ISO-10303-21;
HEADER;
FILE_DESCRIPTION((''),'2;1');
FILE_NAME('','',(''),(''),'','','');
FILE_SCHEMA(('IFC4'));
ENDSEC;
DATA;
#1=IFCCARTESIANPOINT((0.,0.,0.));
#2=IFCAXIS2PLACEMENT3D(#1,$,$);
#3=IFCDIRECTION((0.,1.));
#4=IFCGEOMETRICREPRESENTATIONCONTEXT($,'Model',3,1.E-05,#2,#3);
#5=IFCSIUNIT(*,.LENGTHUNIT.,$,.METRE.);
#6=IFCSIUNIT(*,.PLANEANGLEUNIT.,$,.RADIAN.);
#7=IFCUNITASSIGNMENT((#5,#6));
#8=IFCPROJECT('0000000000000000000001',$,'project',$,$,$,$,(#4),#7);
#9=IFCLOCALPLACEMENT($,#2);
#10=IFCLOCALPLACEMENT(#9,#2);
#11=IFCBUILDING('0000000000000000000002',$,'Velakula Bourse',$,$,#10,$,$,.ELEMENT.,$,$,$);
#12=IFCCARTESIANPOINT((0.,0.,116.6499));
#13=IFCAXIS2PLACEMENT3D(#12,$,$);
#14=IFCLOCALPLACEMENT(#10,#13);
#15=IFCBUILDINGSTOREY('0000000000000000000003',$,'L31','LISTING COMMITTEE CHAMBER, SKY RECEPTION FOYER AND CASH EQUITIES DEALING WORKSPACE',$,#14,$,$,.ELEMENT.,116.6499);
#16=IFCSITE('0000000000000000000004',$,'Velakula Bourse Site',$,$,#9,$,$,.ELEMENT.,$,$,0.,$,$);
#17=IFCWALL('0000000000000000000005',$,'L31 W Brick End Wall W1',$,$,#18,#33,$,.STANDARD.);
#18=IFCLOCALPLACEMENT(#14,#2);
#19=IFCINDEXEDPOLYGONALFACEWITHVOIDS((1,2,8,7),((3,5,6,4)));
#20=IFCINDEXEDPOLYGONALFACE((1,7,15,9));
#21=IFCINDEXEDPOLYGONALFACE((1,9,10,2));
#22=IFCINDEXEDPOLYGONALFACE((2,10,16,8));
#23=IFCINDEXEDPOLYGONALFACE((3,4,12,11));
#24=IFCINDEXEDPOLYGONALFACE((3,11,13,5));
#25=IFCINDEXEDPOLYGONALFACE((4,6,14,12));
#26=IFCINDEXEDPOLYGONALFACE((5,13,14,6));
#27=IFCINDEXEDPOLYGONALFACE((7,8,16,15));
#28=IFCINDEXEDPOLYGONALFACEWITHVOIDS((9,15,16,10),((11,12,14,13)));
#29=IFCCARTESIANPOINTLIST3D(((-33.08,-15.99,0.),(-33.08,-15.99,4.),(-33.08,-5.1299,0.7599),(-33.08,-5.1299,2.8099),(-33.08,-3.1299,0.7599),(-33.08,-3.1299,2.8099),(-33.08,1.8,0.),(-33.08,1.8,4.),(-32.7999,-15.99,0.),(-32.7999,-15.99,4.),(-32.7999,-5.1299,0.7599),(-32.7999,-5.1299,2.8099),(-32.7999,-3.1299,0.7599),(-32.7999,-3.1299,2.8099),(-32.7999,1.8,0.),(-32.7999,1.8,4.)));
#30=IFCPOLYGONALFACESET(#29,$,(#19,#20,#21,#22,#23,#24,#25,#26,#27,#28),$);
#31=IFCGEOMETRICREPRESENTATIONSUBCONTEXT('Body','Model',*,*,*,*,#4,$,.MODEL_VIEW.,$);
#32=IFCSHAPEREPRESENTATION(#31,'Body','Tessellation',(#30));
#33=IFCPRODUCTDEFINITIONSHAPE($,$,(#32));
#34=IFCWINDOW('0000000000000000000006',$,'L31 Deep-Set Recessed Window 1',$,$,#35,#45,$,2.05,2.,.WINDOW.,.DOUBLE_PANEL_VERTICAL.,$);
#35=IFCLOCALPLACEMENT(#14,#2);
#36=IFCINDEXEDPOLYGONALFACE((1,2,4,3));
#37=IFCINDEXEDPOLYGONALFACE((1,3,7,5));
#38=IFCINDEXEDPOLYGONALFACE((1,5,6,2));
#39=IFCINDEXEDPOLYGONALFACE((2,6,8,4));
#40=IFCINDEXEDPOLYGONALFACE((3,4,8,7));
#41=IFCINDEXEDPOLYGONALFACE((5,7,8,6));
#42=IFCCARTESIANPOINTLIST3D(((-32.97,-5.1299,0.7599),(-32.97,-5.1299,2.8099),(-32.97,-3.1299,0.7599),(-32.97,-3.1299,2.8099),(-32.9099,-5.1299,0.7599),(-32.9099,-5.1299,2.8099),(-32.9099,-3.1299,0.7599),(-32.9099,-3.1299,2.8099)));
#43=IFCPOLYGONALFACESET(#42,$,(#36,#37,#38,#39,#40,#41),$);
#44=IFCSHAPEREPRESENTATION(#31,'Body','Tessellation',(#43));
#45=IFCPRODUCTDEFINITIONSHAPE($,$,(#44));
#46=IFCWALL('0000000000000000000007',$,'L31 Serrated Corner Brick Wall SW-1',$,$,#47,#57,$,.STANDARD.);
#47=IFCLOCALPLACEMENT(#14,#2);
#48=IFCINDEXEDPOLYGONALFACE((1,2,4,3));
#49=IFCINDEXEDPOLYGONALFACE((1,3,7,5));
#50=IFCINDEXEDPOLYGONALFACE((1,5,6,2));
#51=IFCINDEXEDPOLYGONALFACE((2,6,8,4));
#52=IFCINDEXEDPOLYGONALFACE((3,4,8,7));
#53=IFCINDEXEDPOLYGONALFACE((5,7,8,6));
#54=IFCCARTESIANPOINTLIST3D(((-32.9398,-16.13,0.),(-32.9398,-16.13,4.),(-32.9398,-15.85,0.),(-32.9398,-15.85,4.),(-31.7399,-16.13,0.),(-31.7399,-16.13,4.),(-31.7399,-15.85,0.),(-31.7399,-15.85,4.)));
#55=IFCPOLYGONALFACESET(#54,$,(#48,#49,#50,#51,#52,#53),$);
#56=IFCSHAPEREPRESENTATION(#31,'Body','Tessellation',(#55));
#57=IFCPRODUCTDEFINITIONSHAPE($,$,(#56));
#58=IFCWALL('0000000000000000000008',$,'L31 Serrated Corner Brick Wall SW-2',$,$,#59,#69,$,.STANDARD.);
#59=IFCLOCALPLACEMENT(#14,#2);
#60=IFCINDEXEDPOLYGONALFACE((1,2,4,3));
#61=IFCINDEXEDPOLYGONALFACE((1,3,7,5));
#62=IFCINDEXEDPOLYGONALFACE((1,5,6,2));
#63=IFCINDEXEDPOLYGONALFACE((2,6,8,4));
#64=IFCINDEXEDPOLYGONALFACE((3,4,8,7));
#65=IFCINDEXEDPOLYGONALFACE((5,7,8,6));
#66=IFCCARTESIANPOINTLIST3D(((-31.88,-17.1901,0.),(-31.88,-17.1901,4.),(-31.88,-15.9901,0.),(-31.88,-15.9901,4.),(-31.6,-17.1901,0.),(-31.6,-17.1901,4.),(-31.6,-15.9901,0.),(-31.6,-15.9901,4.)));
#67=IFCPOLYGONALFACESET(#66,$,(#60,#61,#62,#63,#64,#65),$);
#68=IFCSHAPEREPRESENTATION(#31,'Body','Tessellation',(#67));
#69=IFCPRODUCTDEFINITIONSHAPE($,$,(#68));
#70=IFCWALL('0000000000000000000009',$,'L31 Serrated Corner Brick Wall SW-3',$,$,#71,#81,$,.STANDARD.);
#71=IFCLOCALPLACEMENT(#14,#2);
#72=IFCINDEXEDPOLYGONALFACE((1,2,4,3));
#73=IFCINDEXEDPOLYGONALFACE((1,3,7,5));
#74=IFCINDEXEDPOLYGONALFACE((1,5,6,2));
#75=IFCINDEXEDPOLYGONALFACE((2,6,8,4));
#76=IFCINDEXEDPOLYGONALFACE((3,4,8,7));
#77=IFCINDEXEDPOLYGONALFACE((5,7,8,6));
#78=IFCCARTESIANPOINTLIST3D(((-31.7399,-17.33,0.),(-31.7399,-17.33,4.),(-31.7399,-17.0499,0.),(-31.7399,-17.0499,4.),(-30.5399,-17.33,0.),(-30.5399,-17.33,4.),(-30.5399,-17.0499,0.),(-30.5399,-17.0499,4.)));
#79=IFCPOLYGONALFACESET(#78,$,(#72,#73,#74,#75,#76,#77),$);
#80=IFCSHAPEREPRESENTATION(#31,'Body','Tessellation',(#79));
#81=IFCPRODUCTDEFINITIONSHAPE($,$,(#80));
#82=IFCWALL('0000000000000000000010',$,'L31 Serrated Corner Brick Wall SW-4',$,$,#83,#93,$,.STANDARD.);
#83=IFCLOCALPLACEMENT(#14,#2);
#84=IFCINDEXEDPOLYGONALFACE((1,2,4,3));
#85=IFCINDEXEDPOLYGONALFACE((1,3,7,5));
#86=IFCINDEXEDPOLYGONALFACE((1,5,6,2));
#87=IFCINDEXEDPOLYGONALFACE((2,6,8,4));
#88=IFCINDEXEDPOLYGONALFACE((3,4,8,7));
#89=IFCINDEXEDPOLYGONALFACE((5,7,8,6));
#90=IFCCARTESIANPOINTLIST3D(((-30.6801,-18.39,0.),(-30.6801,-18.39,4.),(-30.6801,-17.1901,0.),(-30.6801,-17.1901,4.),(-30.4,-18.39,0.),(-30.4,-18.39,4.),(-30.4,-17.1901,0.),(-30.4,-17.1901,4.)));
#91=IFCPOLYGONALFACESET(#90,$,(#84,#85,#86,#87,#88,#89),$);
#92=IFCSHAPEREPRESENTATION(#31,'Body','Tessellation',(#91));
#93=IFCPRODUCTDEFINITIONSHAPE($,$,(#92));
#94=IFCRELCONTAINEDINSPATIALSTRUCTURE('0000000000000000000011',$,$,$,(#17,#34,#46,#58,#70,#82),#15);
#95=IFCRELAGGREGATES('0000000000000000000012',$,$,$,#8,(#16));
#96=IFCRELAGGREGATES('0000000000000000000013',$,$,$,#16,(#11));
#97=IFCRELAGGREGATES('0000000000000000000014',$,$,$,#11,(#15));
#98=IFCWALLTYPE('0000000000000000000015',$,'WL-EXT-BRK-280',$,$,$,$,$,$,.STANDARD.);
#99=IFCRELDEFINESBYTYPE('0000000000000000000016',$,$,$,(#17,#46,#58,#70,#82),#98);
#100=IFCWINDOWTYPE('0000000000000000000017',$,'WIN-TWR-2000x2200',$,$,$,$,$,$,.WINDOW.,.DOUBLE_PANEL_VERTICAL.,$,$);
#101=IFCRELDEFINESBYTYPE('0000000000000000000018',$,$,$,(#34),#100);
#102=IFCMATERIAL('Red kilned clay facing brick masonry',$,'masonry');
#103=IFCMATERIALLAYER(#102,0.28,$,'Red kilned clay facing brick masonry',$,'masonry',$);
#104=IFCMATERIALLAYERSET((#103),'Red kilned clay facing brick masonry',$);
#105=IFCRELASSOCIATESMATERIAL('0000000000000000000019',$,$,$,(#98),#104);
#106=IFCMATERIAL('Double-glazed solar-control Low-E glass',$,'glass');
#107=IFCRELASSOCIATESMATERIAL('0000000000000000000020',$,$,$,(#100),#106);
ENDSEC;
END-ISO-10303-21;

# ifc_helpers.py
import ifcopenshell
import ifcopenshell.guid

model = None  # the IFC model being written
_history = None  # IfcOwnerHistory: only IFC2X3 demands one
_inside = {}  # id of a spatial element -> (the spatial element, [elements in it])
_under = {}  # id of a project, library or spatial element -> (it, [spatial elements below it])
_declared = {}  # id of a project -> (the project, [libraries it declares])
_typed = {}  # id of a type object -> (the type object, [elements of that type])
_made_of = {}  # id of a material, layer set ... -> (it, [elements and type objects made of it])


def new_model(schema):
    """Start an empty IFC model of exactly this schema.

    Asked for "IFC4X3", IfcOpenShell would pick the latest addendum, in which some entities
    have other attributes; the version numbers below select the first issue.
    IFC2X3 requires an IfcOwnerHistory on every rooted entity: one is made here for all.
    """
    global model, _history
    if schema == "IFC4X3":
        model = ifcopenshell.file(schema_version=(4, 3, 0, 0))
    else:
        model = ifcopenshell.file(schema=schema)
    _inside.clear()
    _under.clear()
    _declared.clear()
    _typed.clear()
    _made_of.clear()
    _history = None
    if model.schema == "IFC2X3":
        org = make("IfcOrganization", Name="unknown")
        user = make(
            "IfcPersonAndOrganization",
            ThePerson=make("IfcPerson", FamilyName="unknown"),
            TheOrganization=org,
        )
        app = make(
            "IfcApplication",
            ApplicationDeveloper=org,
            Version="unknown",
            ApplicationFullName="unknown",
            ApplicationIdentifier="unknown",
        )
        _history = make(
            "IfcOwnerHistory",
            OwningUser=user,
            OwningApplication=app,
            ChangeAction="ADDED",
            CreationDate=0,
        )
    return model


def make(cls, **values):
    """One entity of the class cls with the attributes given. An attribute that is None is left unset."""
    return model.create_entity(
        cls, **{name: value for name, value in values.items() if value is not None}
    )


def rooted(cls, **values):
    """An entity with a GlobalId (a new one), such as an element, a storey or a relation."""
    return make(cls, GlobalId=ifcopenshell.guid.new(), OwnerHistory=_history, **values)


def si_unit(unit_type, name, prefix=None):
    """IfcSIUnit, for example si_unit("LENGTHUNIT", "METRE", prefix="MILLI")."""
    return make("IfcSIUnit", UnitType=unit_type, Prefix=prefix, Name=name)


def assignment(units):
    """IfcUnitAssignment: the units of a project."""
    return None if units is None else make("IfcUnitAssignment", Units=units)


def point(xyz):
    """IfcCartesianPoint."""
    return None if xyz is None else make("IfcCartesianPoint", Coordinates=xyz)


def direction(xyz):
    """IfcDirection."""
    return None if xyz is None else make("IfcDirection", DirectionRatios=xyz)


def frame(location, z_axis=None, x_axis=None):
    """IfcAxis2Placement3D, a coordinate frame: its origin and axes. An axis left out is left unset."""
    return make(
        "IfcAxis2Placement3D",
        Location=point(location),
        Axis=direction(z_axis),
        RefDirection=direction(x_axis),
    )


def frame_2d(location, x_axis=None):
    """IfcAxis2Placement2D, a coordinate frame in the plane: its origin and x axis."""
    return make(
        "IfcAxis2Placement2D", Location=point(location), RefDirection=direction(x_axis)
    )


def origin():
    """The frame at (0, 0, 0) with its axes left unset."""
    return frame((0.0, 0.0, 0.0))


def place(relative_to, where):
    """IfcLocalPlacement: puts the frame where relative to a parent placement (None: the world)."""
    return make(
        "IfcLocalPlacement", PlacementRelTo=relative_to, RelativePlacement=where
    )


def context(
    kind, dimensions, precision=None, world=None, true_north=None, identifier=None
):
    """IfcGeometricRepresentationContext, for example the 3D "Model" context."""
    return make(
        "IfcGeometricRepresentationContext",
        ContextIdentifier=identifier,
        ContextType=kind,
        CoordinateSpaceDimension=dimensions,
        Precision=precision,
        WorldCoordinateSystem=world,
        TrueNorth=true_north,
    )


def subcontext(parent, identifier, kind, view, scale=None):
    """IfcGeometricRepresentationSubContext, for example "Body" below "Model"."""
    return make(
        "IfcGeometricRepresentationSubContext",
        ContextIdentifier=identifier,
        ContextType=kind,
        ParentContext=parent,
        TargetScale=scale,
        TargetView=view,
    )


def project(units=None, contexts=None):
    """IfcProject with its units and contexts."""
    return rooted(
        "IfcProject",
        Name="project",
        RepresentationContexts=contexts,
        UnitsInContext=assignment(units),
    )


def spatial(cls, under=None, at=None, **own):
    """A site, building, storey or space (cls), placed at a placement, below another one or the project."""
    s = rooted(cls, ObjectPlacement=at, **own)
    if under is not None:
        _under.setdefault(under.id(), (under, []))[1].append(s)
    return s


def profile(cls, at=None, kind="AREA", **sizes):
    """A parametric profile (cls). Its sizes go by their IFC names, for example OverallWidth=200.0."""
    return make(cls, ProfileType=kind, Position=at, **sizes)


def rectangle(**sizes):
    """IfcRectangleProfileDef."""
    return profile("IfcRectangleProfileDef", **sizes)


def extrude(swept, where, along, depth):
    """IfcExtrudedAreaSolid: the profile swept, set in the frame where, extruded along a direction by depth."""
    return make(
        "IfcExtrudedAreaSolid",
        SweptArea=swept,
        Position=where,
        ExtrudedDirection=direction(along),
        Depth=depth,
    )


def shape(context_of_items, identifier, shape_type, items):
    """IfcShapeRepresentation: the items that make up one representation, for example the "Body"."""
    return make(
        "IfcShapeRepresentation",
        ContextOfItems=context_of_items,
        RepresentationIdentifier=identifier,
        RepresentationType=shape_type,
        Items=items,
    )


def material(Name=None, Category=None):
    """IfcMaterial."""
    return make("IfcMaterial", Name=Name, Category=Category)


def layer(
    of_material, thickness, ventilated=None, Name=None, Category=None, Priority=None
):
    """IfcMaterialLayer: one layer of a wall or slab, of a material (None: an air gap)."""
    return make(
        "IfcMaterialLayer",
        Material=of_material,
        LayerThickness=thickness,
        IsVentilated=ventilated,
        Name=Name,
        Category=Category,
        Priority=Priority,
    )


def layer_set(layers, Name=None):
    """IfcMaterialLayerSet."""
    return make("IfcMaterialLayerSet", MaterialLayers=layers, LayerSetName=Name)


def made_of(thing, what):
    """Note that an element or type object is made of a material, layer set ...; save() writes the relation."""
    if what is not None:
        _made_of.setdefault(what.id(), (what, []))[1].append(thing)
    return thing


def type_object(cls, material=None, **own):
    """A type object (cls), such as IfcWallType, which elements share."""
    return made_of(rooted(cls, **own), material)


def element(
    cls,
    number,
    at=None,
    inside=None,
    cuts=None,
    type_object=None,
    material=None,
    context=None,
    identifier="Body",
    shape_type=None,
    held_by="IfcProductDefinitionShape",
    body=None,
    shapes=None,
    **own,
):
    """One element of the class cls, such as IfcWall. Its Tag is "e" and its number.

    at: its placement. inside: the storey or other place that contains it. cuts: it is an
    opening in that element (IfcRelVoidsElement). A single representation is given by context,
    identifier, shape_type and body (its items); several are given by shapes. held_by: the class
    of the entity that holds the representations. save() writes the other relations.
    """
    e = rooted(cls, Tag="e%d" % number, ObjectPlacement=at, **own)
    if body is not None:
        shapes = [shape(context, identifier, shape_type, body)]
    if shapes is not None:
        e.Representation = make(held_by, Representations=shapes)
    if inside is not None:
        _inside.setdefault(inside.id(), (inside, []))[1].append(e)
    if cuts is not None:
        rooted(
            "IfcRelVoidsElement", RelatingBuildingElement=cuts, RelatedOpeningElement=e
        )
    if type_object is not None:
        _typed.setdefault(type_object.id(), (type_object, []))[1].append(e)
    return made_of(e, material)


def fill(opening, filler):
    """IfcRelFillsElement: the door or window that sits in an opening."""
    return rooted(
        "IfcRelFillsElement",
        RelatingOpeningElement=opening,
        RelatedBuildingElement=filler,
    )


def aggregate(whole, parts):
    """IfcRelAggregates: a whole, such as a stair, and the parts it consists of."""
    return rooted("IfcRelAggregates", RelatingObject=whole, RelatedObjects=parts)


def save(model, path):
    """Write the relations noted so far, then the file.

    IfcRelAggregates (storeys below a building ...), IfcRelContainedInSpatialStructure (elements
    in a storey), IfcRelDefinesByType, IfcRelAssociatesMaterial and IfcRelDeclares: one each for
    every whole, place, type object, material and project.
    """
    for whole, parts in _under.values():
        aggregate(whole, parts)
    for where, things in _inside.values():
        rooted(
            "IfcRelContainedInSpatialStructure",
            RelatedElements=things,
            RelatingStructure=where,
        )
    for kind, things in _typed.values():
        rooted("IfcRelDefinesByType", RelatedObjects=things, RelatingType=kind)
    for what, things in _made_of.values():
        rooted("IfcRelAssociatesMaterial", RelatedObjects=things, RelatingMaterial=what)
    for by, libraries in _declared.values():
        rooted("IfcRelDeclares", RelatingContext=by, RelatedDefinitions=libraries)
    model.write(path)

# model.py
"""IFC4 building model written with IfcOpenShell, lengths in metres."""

from ifc_helpers import new_model, si_unit, direction, frame, frame_2d, origin, place, context, subcontext, project, spatial, rectangle, extrude, material, layer, layer_set, type_object, element, fill, save


model = new_model("IFC4")

# Units and contexts
model_context = context("Model", 3, precision=1e-05, world=origin(), true_north=direction((0.0, 1.0)))
body_context = subcontext(model_context, "Body", "Model", "MODEL_VIEW")
ifc_project = project(units=[si_unit("LENGTHUNIT", "METRE"), si_unit("PLANEANGLEUNIT", "RADIAN")], contexts=[model_context])

# Site, building, storey
site_placement = place(None, origin())
site = spatial("IfcSite", under=ifc_project, at=site_placement, Name="Velakula Bourse Site", CompositionType="ELEMENT", RefElevation=0.0)
building_placement = place(site_placement, origin())
building = spatial("IfcBuilding", under=site, at=building_placement, Name="Velakula Bourse", CompositionType="ELEMENT")
storey_placement = place(building_placement, frame((0.0, 0.0, 116.6499)))
storey = spatial("IfcBuildingStorey", under=building, at=storey_placement, Name="L31", Description="LISTING COMMITTEE CHAMBER, SKY RECEPTION FOYER AND CASH EQUITIES DEALING WORKSPACE", CompositionType="ELEMENT", Elevation=116.6499)

# Wall, opening, window
ifc_material_1 = material(Name="Red kilned clay facing brick masonry", Category="masonry")
ifc_layer_1 = layer(ifc_material_1, 0.28, Name="Red kilned clay facing brick masonry", Category="masonry")
ifc_layer_set_1 = layer_set([ifc_layer_1], Name="Red kilned clay facing brick masonry")
wall_type = type_object("IfcWallType", Name="WL-EXT-BRK-280", PredefinedType="STANDARD", material=ifc_layer_set_1)
wall_placement = place(storey_placement, frame((-32.9399, -15.99, 0.0), z_axis=(0.0, 0.0, 1.0), x_axis=(0.0, 1.0, 0.0)))
wall = element("IfcWall", 1, at=wall_placement, inside=storey, type_object=wall_type, Name="L31 W Brick End Wall W1", PredefinedType="STANDARD", context=body_context, shape_type="SweptSolid", body=[
    extrude(rectangle(XDim=17.79, YDim=0.28, at=frame_2d((8.895, 0.0))), origin(), (0.0, 0.0, 1.0), 4.0),
])
opening_placement = place(wall_placement, frame((10.8601, 0.0, 0.76)))
opening = element("IfcOpeningElement", 2, at=opening_placement, cuts=wall, PredefinedType="OPENING", context=body_context, shape_type="SweptSolid", body=[
    extrude(rectangle(XDim=2.0, YDim=2.05, at=frame_2d((1.0, 1.0249))), frame((0.0, 0.1499, 0.0), z_axis=(0.0, -1.0, 0.0), x_axis=(1.0, 0.0, 0.0)), (0.0, 0.0, 1.0), 0.3),
])
ifc_material_2 = material(Name="Double-glazed solar-control Low-E glass", Category="glass")
window_type = type_object("IfcWindowType", Name="WIN-TWR-2000x2200", PartitioningType="DOUBLE_PANEL_VERTICAL", PredefinedType="WINDOW", material=ifc_material_2)
window_placement = place(opening_placement, origin())
window = element("IfcWindow", 3, at=window_placement, inside=storey, type_object=window_type, Name="L31 Deep-Set Recessed Window 1", OverallHeight=2.05, OverallWidth=2.0, PartitioningType="DOUBLE_PANEL_VERTICAL", PredefinedType="WINDOW", context=body_context, shape_type="SweptSolid", body=[
    extrude(rectangle(XDim=2.0, YDim=2.05, at=frame_2d((1.0, 1.0249))), frame((0.0, 0.03, 0.0), z_axis=(0.0, -1.0, 0.0), x_axis=(1.0, 0.0, 0.0)), (0.0, 0.0, 1.0), 0.0601),
])
fill(opening, window)

# Walls
for number, where, z_axis, x_axis, name in (
    (4, (-32.9399, -15.99, 0.0), (0.0, 0.0, 1.0), (1.0, 0.0, 0.0), "L31 Serrated Corner Brick Wall SW-1"),
    (5, (-31.74, -15.99, 0.0), (0.0, 0.0, 1.0), (0.0, -1.0, 0.0), "L31 Serrated Corner Brick Wall SW-2"),
    (6, (-31.74, -17.1899, 0.0), (0.0, 0.0, 1.0), (1.0, 0.0, 0.0), "L31 Serrated Corner Brick Wall SW-3"),
    (7, (-30.54, -17.1899, 0.0), (0.0, 0.0, 1.0), (0.0, -1.0, 0.0), "L31 Serrated Corner Brick Wall SW-4"),
):
    element("IfcWall", number, at=place(storey_placement, frame(where, z_axis=z_axis, x_axis=x_axis)), inside=storey, type_object=wall_type, Name=name, PredefinedType="STANDARD", context=body_context, shape_type="SweptSolid", body=[
        extrude(rectangle(XDim=1.2, YDim=0.28, at=frame_2d((0.6001, 0.0))), origin(), (0.0, 0.0, 1.0), 4.0),
    ])

save(model, "model.ifc")
